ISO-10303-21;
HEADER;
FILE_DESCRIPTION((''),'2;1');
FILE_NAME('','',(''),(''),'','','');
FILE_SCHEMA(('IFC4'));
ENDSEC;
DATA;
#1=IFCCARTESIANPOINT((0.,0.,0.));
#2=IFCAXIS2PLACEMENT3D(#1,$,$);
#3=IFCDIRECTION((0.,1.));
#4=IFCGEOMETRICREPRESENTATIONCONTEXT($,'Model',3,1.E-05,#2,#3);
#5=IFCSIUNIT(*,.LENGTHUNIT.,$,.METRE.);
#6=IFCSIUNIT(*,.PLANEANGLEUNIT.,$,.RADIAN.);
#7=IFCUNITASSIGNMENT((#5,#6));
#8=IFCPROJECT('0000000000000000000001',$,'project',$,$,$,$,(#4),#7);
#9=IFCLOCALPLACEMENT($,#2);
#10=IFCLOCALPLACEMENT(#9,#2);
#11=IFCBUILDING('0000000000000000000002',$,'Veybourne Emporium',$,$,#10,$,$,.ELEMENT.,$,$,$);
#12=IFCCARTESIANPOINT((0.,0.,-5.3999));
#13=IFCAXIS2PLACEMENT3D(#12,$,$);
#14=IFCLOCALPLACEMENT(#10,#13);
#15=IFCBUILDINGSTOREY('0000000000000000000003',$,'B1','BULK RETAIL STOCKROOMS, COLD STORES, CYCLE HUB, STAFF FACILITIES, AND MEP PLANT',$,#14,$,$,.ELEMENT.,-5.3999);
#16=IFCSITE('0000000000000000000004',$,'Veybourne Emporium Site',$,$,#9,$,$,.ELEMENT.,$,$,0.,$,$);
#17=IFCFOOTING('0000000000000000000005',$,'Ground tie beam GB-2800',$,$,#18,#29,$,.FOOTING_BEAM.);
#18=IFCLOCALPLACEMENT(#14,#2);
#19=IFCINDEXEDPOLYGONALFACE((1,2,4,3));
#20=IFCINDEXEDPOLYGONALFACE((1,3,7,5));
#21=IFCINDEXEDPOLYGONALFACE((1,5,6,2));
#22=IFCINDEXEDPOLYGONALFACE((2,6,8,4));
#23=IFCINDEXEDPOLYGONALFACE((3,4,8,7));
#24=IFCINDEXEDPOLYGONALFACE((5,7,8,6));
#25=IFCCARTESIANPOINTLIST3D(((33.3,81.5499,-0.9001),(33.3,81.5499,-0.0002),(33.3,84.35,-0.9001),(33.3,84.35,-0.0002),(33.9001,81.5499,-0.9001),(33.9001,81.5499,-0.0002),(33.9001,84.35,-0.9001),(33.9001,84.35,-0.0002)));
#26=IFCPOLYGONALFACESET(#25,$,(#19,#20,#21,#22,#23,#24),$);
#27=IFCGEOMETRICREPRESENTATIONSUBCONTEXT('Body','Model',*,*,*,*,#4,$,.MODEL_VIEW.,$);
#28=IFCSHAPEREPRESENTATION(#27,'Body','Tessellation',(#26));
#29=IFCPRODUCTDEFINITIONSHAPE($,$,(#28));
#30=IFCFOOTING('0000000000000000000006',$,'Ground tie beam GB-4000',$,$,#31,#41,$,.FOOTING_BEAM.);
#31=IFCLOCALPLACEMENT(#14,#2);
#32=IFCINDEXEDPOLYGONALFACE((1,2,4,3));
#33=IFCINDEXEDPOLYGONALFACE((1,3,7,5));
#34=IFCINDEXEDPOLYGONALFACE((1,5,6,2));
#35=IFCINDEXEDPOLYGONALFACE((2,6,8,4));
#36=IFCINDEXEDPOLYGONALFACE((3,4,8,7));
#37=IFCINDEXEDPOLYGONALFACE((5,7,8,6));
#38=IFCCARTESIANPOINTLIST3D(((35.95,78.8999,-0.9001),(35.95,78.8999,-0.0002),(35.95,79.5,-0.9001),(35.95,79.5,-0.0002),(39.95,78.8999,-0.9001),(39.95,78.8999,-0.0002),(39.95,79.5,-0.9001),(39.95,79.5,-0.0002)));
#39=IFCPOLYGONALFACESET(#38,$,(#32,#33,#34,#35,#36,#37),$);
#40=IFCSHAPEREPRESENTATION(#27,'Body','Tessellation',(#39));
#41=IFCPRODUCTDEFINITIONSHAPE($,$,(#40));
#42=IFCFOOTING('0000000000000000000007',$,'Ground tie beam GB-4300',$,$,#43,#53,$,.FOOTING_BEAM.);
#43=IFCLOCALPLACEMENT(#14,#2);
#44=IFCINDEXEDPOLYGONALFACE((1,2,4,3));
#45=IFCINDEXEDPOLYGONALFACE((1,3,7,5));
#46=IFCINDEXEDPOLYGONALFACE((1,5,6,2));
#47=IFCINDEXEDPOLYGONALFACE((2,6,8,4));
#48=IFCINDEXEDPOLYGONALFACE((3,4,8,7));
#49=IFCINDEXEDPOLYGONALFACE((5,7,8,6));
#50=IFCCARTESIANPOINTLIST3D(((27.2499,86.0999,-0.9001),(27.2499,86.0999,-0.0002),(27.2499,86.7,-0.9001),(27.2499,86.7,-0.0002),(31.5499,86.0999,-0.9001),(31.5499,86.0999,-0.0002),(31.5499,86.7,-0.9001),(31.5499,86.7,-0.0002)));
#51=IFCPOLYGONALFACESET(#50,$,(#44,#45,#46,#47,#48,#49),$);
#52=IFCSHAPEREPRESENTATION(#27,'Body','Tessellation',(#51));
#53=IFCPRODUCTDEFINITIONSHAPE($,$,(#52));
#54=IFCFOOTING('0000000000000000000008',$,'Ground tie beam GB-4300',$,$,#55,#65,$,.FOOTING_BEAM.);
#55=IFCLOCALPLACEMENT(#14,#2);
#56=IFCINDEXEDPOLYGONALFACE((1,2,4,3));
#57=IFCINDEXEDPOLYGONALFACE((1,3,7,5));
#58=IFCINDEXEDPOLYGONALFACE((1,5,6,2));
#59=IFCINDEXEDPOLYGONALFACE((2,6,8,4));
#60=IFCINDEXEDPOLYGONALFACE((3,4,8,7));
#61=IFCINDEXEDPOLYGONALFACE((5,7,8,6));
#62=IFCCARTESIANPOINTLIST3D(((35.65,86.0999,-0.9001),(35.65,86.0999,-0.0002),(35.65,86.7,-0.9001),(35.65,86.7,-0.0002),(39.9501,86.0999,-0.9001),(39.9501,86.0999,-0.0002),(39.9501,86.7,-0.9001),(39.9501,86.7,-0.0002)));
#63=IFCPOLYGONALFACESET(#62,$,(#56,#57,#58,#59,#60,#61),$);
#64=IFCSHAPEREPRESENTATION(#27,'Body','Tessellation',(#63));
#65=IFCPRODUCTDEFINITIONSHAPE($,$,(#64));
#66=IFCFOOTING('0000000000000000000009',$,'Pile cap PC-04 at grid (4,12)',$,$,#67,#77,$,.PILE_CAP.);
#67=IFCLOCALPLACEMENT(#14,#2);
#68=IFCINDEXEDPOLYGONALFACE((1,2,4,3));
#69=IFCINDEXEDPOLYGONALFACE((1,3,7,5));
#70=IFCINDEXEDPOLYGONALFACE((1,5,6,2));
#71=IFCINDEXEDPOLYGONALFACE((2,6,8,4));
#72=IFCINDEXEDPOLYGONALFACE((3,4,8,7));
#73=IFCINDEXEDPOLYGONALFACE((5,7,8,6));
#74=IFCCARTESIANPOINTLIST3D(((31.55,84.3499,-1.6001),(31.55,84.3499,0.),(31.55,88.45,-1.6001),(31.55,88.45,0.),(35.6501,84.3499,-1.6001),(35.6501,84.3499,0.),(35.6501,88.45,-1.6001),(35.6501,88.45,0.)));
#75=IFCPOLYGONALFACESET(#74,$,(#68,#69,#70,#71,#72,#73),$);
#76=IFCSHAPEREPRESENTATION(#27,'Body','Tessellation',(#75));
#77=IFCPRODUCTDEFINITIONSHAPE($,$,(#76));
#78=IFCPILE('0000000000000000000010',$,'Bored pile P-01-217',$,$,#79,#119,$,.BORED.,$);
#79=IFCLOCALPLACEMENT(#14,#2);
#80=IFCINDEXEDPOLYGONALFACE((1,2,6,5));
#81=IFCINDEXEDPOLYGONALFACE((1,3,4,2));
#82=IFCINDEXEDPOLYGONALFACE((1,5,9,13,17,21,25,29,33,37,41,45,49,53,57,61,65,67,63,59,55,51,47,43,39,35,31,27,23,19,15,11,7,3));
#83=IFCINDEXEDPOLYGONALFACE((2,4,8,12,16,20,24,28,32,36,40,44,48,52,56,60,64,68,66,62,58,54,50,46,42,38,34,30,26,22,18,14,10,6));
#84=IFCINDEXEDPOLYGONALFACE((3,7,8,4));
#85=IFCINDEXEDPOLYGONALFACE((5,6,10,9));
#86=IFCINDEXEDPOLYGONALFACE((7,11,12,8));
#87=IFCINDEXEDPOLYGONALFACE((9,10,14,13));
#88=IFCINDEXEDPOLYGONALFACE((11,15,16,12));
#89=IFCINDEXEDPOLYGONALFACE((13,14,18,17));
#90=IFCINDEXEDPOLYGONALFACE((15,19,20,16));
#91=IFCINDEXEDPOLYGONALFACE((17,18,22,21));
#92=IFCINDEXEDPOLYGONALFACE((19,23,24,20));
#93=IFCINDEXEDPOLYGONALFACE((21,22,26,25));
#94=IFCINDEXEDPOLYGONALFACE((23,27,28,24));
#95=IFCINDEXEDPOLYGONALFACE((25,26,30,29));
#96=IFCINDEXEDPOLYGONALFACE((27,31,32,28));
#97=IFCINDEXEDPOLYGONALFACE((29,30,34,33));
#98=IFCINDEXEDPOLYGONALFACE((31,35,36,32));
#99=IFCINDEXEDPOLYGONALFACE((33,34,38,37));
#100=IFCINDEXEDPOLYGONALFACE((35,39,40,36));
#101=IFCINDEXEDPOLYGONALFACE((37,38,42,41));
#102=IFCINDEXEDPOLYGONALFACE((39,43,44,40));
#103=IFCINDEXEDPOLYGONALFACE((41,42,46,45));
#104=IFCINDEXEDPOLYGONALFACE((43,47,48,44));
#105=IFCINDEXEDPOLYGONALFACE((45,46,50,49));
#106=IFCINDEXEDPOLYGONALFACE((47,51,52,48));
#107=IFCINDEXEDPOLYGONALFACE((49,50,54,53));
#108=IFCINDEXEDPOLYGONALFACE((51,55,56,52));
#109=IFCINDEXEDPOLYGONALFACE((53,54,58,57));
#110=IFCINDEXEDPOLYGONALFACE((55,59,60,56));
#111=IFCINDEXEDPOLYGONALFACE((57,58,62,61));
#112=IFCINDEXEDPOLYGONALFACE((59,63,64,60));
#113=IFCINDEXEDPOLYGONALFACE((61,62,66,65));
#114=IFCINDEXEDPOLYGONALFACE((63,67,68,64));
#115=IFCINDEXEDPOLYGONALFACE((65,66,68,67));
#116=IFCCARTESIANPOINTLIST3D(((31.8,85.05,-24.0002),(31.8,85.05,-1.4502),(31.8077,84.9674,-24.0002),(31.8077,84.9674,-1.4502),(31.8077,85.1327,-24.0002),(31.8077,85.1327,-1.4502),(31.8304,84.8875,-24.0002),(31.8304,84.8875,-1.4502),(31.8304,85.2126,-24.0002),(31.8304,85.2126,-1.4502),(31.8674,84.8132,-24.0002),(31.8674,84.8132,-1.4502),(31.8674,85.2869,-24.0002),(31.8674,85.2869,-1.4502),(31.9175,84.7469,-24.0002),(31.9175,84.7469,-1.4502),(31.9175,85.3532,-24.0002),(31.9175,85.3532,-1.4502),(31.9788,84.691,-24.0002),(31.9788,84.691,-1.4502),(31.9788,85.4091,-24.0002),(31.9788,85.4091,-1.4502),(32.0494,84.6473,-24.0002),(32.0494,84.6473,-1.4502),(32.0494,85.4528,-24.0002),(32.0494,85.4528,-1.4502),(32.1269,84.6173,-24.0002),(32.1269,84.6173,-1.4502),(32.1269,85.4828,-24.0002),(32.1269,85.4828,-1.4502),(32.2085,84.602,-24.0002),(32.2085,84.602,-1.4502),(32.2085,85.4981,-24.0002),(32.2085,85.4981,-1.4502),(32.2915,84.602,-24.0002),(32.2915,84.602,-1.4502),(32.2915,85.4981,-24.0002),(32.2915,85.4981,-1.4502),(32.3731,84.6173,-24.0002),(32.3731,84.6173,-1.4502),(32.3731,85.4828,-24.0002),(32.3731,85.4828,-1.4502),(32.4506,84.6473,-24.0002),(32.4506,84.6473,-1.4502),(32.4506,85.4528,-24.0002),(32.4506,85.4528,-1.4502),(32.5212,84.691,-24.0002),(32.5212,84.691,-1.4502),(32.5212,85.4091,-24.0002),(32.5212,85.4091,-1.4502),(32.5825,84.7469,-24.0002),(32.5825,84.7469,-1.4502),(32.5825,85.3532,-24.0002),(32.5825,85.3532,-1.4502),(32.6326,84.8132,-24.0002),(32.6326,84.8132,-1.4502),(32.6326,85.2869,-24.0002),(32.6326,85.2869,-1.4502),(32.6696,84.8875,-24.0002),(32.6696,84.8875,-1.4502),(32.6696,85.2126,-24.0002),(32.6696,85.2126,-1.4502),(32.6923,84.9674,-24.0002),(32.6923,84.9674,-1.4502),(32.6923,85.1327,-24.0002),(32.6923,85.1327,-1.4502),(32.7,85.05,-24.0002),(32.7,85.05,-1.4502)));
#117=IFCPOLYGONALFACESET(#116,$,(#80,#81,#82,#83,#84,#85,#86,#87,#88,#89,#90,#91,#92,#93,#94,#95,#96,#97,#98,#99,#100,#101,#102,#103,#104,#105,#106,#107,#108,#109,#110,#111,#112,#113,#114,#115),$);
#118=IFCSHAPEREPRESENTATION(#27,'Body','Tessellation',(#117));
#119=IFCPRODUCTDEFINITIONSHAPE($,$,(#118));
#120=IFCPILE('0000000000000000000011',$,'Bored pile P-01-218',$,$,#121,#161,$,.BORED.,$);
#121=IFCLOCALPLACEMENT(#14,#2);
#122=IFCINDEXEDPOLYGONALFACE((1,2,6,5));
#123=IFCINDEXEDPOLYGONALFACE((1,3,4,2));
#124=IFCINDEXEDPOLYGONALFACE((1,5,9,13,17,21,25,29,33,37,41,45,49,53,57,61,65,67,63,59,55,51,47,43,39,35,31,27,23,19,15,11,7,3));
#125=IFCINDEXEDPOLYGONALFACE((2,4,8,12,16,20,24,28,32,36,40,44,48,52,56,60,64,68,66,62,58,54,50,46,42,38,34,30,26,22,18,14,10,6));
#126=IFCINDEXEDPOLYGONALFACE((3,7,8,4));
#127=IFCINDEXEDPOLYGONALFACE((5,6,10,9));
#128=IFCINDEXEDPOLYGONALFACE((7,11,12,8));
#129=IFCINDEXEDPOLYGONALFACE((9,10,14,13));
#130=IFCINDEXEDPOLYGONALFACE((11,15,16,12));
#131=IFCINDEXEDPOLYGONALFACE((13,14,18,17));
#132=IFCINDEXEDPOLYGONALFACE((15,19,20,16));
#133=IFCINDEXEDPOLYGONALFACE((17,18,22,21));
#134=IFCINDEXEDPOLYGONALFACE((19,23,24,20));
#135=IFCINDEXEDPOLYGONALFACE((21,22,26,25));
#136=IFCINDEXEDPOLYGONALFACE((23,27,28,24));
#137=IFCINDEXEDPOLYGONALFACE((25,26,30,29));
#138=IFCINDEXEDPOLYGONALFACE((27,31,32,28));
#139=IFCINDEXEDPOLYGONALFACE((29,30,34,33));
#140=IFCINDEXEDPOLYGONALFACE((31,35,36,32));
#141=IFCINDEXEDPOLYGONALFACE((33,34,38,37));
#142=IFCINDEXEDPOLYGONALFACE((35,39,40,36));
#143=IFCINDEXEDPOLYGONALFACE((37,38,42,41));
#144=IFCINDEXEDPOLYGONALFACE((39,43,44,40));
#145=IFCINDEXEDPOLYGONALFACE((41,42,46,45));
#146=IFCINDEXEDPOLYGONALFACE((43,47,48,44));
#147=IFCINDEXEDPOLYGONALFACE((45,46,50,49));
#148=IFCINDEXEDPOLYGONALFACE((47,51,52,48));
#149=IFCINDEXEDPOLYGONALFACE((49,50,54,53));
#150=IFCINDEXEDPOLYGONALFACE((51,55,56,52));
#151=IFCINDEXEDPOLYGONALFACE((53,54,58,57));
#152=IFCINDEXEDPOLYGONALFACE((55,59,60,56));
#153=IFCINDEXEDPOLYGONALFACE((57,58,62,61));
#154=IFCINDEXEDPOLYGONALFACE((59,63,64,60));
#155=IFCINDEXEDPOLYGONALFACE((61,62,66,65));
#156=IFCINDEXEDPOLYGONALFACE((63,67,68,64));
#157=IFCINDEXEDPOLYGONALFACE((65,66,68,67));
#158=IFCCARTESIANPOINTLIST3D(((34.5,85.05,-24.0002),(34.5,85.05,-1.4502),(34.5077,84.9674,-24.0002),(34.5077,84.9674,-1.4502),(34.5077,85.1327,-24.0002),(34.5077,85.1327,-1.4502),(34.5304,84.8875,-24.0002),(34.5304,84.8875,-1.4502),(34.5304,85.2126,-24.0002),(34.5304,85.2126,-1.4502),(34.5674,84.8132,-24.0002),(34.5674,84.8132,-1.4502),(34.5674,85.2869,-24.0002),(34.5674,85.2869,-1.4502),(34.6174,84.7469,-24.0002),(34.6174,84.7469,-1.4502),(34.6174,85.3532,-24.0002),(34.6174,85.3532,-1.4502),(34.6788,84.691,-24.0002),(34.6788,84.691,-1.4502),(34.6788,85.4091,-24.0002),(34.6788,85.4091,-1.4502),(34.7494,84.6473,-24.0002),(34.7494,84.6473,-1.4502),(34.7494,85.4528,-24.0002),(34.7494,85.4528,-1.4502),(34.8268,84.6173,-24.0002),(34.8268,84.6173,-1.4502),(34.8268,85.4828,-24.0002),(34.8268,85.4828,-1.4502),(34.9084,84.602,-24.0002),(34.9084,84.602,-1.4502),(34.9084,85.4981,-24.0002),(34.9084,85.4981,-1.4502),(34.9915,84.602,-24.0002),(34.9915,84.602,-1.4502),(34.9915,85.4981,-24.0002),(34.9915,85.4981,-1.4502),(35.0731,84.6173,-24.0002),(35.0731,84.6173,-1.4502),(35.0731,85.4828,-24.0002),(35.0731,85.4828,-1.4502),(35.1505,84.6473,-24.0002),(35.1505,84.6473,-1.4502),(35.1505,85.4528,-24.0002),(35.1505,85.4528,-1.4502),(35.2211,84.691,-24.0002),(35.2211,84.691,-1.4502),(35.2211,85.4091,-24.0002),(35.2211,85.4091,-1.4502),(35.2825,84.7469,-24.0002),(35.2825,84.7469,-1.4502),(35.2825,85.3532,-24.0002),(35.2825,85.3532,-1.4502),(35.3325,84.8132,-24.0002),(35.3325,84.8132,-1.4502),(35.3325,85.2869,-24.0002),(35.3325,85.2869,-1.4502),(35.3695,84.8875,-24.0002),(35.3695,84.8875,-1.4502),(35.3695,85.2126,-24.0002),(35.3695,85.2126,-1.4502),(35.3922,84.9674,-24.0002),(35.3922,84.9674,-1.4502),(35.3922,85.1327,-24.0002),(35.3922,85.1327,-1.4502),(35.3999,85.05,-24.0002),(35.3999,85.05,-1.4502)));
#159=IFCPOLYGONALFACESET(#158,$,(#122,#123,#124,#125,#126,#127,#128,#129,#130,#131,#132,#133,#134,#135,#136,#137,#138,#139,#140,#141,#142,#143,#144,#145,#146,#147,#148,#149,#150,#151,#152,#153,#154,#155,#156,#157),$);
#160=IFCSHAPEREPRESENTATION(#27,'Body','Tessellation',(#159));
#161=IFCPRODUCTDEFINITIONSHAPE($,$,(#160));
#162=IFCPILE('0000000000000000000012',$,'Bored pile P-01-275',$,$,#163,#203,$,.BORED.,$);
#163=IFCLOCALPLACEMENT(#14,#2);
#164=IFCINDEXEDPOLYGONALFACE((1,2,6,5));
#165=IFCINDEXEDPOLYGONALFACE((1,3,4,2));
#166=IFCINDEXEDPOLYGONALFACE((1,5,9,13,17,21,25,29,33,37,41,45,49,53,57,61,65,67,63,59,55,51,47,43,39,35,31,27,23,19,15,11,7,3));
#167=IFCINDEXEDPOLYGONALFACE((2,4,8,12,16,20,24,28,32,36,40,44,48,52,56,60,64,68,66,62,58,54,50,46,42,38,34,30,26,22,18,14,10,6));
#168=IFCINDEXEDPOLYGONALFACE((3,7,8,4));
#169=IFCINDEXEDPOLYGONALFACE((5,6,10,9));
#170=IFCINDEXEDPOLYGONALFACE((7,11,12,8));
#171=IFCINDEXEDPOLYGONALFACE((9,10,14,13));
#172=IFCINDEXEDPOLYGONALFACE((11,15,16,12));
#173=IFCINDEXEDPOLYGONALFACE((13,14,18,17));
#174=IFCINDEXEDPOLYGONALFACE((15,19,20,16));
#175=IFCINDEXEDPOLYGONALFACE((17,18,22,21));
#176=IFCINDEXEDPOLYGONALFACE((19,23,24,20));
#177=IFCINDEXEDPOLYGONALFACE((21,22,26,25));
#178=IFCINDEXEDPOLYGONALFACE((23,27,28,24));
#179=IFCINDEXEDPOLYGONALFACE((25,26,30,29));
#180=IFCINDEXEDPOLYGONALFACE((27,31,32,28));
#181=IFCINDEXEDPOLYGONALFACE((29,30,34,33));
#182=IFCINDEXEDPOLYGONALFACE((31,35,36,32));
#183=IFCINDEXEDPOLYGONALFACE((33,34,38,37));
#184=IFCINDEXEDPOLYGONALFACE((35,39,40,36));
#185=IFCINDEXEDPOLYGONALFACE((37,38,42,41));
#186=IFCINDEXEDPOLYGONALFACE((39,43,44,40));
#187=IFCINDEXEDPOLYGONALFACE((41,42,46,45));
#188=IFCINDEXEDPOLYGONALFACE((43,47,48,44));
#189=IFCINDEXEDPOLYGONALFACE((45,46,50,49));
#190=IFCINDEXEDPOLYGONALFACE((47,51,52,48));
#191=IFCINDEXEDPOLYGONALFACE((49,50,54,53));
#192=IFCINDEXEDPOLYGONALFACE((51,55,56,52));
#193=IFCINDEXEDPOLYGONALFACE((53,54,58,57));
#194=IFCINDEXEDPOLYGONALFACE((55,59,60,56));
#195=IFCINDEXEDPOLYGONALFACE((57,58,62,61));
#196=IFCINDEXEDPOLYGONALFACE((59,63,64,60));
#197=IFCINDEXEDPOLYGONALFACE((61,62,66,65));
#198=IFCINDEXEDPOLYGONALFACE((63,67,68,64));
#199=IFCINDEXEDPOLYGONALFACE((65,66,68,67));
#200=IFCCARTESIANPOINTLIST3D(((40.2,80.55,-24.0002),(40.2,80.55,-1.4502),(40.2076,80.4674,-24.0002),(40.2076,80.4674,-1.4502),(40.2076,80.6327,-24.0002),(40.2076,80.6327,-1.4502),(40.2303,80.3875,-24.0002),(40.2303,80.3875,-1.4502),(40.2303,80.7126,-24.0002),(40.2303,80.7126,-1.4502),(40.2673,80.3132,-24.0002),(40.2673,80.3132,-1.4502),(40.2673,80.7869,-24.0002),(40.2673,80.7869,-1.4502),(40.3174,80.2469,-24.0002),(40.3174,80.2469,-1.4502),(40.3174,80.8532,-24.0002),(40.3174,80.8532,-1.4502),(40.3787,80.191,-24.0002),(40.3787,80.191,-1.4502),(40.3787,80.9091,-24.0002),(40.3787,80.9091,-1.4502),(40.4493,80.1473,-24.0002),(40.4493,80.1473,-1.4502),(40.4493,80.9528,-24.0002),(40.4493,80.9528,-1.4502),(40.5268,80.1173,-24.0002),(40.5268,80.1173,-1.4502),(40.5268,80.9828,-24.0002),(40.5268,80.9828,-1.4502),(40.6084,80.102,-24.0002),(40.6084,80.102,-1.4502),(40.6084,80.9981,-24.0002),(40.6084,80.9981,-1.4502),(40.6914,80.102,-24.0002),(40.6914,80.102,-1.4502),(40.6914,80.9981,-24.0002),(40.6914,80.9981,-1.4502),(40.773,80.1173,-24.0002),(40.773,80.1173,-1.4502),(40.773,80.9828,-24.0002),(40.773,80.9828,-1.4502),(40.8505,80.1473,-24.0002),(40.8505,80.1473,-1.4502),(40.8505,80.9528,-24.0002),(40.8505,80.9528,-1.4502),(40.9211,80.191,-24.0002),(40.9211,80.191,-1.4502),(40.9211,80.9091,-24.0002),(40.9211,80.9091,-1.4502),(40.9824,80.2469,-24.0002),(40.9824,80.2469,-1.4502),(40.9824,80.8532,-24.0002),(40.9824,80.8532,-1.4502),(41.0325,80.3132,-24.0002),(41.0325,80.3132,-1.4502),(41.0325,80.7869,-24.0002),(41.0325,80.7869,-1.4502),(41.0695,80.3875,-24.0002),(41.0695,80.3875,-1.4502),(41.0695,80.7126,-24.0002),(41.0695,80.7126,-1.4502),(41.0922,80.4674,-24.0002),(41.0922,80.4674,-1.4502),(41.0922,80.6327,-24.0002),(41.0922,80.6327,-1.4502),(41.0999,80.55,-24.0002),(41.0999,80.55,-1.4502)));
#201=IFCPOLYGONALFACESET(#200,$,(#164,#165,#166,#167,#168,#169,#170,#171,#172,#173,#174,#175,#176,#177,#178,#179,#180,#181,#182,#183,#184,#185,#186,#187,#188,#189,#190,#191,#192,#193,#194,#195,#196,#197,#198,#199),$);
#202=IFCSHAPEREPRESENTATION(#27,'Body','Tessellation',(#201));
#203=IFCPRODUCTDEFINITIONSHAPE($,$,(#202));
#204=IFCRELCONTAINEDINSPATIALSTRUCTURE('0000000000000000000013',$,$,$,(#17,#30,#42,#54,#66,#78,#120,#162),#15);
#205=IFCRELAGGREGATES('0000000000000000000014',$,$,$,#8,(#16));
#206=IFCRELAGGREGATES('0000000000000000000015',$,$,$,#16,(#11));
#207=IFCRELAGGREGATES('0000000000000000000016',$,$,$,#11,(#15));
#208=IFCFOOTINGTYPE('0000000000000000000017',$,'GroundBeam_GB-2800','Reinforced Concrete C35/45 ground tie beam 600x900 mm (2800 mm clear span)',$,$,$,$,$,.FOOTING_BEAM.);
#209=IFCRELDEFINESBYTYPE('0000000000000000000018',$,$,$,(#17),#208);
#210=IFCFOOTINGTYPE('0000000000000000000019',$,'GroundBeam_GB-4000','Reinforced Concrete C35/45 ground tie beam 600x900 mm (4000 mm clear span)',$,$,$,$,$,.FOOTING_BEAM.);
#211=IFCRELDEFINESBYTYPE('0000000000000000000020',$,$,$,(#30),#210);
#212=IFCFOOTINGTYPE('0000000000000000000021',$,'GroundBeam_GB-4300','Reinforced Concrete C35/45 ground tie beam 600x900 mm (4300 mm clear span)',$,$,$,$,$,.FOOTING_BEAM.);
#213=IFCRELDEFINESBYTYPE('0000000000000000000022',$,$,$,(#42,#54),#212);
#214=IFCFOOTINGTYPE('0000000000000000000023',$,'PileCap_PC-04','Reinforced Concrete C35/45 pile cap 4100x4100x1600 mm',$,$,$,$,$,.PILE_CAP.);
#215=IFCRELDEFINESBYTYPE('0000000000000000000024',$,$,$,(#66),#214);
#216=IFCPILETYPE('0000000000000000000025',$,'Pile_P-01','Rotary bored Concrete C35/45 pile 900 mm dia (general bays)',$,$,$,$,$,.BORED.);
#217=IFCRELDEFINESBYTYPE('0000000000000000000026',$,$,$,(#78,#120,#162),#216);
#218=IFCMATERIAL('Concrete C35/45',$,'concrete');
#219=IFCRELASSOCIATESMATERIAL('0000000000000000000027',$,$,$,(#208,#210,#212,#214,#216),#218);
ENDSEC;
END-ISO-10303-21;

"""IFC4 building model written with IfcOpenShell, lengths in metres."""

from ifc_helpers import new_model, si_unit, direction, frame, origin, origin_2d, place, context, subcontext, project, spatial, rectangle, circle, extrude, material, material_profile, profile_set, type_object, element, save


model = new_model("IFC4")

# Units and contexts
model_context = context("Model", 3, precision=1e-05, world=origin(), true_north=direction((0.0, 1.0)))
body_context = subcontext(model_context, "Body", "Model", "MODEL_VIEW")
ifc_project = project(units=[si_unit("LENGTHUNIT", "METRE"), si_unit("PLANEANGLEUNIT", "RADIAN")], contexts=[model_context])

# Site, building, storey
site_placement = place(None, origin())
site = spatial("IfcSite", under=ifc_project, at=site_placement, Name="Veybourne Emporium Site", CompositionType="ELEMENT", RefElevation=0.0)
building_placement = place(site_placement, origin())
building = spatial("IfcBuilding", under=site, at=building_placement, Name="Veybourne Emporium", CompositionType="ELEMENT")
storey_placement = place(building_placement, frame((0.0, 0.0, -5.3999)))
storey = spatial("IfcBuildingStorey", under=building, at=storey_placement, Name="B1", Description="BULK RETAIL STOCKROOMS, COLD STORES, CYCLE HUB, STAFF FACILITIES, AND MEP PLANT", CompositionType="ELEMENT", Elevation=-5.3999)

# Footings
ifc_material_1 = material(Name="Concrete C35/45", Category="concrete")
footing_type_1 = type_object("IfcFootingType", Name="GroundBeam_GB-2800", Description="Reinforced Concrete C35/45 ground tie beam 600x900 mm (2800 mm clear span)", PredefinedType="FOOTING_BEAM", material=ifc_material_1)
footing_1_placement = place(storey_placement, frame((33.6001, 82.95, -0.9001), z_axis=(0.0, 0.0, 1.0), x_axis=(0.0, 1.0, 0.0)))
element("IfcFooting", 1, at=footing_1_placement, inside=storey, type_object=footing_type_1, Name="Ground tie beam GB-2800", PredefinedType="FOOTING_BEAM", context=body_context, shape_type="SweptSolid", body=[
    extrude(rectangle(XDim=2.8, YDim=0.6001, at=origin_2d()), origin(), (0.0, 0.0, 1.0), 0.8999),
])
footing_type_2 = type_object("IfcFootingType", Name="GroundBeam_GB-4000", Description="Reinforced Concrete C35/45 ground tie beam 600x900 mm (4000 mm clear span)", PredefinedType="FOOTING_BEAM", material=ifc_material_1)
footing_2_placement = place(storey_placement, frame((37.95, 79.2, -0.9001), z_axis=(0.0, 0.0, 1.0), x_axis=(1.0, 0.0, 0.0)))
element("IfcFooting", 2, at=footing_2_placement, inside=storey, type_object=footing_type_2, Name="Ground tie beam GB-4000", PredefinedType="FOOTING_BEAM", context=body_context, shape_type="SweptSolid", body=[
    extrude(rectangle(XDim=4.0, YDim=0.6001, at=origin_2d()), origin(), (0.0, 0.0, 1.0), 0.8999),
])
footing_type_3 = type_object("IfcFootingType", Name="GroundBeam_GB-4300", Description="Reinforced Concrete C35/45 ground tie beam 600x900 mm (4300 mm clear span)", PredefinedType="FOOTING_BEAM", material=ifc_material_1)
for number, where, z_axis, x_axis, name in (
    (3, (29.3999, 86.3999, -0.9001), (0.0, 0.0, 1.0), (1.0, 0.0, 0.0), "Ground tie beam GB-4300"),
    (4, (37.8, 86.3999, -0.9001), (0.0, 0.0, 1.0), (1.0, 0.0, 0.0), "Ground tie beam GB-4300"),
):
    element("IfcFooting", number, at=place(storey_placement, frame(where, z_axis=z_axis, x_axis=x_axis)), inside=storey, type_object=footing_type_3, Name=name, PredefinedType="FOOTING_BEAM", context=body_context, shape_type="SweptSolid", body=[
        extrude(rectangle(XDim=4.3, YDim=0.6001, at=origin_2d()), origin(), (0.0, 0.0, 1.0), 0.8999),
    ])
footing_type_4 = type_object("IfcFootingType", Name="PileCap_PC-04", Description="Reinforced Concrete C35/45 pile cap 4100x4100x1600 mm", PredefinedType="PILE_CAP", material=ifc_material_1)
footing_3_placement = place(storey_placement, frame((33.6001, 86.3999, -1.6001), z_axis=(0.0, 0.0, 1.0), x_axis=(1.0, 0.0, 0.0)))
element("IfcFooting", 5, at=footing_3_placement, inside=storey, type_object=footing_type_4, Name="Pile cap PC-04 at grid (4,12)", PredefinedType="PILE_CAP", context=body_context, shape_type="SweptSolid", body=[
    extrude(rectangle(XDim=4.1001, YDim=4.1001, at=origin_2d()), origin(), (0.0, 0.0, 1.0), 1.6001),
])

# Piles
ifc_material_profile_1 = material_profile(ifc_material_1, circle(Radius=0.45, at=origin_2d()), Name="BORED PILE 900")
ifc_profile_set_1 = profile_set([ifc_material_profile_1], Name="Concrete C35/45")
pile_type_1 = type_object("IfcPileType", Name="Pile_P-01", Description="Rotary bored Concrete C35/45 pile 900 mm dia (general bays)", PredefinedType="BORED", material=ifc_profile_set_1)
for number, where, z_axis, x_axis, name in (
    (6, (32.25, 85.05, -1.4502), (0.0, 0.0, -1.0), (1.0, 0.0, 0.0), "Bored pile P-01-217"),
    (7, (34.95, 85.05, -1.4502), (0.0, 0.0, -1.0), (1.0, 0.0, 0.0), "Bored pile P-01-218"),
    (8, (40.6499, 80.55, -1.4502), (0.0, 0.0, -1.0), (1.0, 0.0, 0.0), "Bored pile P-01-275"),
):
    element("IfcPile", number, at=place(storey_placement, frame(where, z_axis=z_axis, x_axis=x_axis)), inside=storey, type_object=pile_type_1, Name=name, PredefinedType="BORED", context=body_context, shape_type="SweptSolid", body=[
        extrude(circle(Radius=0.45, at=origin_2d()), origin(), (0.0, 0.0, 1.0), 22.55),
    ])

save(model, "model.ifc")
